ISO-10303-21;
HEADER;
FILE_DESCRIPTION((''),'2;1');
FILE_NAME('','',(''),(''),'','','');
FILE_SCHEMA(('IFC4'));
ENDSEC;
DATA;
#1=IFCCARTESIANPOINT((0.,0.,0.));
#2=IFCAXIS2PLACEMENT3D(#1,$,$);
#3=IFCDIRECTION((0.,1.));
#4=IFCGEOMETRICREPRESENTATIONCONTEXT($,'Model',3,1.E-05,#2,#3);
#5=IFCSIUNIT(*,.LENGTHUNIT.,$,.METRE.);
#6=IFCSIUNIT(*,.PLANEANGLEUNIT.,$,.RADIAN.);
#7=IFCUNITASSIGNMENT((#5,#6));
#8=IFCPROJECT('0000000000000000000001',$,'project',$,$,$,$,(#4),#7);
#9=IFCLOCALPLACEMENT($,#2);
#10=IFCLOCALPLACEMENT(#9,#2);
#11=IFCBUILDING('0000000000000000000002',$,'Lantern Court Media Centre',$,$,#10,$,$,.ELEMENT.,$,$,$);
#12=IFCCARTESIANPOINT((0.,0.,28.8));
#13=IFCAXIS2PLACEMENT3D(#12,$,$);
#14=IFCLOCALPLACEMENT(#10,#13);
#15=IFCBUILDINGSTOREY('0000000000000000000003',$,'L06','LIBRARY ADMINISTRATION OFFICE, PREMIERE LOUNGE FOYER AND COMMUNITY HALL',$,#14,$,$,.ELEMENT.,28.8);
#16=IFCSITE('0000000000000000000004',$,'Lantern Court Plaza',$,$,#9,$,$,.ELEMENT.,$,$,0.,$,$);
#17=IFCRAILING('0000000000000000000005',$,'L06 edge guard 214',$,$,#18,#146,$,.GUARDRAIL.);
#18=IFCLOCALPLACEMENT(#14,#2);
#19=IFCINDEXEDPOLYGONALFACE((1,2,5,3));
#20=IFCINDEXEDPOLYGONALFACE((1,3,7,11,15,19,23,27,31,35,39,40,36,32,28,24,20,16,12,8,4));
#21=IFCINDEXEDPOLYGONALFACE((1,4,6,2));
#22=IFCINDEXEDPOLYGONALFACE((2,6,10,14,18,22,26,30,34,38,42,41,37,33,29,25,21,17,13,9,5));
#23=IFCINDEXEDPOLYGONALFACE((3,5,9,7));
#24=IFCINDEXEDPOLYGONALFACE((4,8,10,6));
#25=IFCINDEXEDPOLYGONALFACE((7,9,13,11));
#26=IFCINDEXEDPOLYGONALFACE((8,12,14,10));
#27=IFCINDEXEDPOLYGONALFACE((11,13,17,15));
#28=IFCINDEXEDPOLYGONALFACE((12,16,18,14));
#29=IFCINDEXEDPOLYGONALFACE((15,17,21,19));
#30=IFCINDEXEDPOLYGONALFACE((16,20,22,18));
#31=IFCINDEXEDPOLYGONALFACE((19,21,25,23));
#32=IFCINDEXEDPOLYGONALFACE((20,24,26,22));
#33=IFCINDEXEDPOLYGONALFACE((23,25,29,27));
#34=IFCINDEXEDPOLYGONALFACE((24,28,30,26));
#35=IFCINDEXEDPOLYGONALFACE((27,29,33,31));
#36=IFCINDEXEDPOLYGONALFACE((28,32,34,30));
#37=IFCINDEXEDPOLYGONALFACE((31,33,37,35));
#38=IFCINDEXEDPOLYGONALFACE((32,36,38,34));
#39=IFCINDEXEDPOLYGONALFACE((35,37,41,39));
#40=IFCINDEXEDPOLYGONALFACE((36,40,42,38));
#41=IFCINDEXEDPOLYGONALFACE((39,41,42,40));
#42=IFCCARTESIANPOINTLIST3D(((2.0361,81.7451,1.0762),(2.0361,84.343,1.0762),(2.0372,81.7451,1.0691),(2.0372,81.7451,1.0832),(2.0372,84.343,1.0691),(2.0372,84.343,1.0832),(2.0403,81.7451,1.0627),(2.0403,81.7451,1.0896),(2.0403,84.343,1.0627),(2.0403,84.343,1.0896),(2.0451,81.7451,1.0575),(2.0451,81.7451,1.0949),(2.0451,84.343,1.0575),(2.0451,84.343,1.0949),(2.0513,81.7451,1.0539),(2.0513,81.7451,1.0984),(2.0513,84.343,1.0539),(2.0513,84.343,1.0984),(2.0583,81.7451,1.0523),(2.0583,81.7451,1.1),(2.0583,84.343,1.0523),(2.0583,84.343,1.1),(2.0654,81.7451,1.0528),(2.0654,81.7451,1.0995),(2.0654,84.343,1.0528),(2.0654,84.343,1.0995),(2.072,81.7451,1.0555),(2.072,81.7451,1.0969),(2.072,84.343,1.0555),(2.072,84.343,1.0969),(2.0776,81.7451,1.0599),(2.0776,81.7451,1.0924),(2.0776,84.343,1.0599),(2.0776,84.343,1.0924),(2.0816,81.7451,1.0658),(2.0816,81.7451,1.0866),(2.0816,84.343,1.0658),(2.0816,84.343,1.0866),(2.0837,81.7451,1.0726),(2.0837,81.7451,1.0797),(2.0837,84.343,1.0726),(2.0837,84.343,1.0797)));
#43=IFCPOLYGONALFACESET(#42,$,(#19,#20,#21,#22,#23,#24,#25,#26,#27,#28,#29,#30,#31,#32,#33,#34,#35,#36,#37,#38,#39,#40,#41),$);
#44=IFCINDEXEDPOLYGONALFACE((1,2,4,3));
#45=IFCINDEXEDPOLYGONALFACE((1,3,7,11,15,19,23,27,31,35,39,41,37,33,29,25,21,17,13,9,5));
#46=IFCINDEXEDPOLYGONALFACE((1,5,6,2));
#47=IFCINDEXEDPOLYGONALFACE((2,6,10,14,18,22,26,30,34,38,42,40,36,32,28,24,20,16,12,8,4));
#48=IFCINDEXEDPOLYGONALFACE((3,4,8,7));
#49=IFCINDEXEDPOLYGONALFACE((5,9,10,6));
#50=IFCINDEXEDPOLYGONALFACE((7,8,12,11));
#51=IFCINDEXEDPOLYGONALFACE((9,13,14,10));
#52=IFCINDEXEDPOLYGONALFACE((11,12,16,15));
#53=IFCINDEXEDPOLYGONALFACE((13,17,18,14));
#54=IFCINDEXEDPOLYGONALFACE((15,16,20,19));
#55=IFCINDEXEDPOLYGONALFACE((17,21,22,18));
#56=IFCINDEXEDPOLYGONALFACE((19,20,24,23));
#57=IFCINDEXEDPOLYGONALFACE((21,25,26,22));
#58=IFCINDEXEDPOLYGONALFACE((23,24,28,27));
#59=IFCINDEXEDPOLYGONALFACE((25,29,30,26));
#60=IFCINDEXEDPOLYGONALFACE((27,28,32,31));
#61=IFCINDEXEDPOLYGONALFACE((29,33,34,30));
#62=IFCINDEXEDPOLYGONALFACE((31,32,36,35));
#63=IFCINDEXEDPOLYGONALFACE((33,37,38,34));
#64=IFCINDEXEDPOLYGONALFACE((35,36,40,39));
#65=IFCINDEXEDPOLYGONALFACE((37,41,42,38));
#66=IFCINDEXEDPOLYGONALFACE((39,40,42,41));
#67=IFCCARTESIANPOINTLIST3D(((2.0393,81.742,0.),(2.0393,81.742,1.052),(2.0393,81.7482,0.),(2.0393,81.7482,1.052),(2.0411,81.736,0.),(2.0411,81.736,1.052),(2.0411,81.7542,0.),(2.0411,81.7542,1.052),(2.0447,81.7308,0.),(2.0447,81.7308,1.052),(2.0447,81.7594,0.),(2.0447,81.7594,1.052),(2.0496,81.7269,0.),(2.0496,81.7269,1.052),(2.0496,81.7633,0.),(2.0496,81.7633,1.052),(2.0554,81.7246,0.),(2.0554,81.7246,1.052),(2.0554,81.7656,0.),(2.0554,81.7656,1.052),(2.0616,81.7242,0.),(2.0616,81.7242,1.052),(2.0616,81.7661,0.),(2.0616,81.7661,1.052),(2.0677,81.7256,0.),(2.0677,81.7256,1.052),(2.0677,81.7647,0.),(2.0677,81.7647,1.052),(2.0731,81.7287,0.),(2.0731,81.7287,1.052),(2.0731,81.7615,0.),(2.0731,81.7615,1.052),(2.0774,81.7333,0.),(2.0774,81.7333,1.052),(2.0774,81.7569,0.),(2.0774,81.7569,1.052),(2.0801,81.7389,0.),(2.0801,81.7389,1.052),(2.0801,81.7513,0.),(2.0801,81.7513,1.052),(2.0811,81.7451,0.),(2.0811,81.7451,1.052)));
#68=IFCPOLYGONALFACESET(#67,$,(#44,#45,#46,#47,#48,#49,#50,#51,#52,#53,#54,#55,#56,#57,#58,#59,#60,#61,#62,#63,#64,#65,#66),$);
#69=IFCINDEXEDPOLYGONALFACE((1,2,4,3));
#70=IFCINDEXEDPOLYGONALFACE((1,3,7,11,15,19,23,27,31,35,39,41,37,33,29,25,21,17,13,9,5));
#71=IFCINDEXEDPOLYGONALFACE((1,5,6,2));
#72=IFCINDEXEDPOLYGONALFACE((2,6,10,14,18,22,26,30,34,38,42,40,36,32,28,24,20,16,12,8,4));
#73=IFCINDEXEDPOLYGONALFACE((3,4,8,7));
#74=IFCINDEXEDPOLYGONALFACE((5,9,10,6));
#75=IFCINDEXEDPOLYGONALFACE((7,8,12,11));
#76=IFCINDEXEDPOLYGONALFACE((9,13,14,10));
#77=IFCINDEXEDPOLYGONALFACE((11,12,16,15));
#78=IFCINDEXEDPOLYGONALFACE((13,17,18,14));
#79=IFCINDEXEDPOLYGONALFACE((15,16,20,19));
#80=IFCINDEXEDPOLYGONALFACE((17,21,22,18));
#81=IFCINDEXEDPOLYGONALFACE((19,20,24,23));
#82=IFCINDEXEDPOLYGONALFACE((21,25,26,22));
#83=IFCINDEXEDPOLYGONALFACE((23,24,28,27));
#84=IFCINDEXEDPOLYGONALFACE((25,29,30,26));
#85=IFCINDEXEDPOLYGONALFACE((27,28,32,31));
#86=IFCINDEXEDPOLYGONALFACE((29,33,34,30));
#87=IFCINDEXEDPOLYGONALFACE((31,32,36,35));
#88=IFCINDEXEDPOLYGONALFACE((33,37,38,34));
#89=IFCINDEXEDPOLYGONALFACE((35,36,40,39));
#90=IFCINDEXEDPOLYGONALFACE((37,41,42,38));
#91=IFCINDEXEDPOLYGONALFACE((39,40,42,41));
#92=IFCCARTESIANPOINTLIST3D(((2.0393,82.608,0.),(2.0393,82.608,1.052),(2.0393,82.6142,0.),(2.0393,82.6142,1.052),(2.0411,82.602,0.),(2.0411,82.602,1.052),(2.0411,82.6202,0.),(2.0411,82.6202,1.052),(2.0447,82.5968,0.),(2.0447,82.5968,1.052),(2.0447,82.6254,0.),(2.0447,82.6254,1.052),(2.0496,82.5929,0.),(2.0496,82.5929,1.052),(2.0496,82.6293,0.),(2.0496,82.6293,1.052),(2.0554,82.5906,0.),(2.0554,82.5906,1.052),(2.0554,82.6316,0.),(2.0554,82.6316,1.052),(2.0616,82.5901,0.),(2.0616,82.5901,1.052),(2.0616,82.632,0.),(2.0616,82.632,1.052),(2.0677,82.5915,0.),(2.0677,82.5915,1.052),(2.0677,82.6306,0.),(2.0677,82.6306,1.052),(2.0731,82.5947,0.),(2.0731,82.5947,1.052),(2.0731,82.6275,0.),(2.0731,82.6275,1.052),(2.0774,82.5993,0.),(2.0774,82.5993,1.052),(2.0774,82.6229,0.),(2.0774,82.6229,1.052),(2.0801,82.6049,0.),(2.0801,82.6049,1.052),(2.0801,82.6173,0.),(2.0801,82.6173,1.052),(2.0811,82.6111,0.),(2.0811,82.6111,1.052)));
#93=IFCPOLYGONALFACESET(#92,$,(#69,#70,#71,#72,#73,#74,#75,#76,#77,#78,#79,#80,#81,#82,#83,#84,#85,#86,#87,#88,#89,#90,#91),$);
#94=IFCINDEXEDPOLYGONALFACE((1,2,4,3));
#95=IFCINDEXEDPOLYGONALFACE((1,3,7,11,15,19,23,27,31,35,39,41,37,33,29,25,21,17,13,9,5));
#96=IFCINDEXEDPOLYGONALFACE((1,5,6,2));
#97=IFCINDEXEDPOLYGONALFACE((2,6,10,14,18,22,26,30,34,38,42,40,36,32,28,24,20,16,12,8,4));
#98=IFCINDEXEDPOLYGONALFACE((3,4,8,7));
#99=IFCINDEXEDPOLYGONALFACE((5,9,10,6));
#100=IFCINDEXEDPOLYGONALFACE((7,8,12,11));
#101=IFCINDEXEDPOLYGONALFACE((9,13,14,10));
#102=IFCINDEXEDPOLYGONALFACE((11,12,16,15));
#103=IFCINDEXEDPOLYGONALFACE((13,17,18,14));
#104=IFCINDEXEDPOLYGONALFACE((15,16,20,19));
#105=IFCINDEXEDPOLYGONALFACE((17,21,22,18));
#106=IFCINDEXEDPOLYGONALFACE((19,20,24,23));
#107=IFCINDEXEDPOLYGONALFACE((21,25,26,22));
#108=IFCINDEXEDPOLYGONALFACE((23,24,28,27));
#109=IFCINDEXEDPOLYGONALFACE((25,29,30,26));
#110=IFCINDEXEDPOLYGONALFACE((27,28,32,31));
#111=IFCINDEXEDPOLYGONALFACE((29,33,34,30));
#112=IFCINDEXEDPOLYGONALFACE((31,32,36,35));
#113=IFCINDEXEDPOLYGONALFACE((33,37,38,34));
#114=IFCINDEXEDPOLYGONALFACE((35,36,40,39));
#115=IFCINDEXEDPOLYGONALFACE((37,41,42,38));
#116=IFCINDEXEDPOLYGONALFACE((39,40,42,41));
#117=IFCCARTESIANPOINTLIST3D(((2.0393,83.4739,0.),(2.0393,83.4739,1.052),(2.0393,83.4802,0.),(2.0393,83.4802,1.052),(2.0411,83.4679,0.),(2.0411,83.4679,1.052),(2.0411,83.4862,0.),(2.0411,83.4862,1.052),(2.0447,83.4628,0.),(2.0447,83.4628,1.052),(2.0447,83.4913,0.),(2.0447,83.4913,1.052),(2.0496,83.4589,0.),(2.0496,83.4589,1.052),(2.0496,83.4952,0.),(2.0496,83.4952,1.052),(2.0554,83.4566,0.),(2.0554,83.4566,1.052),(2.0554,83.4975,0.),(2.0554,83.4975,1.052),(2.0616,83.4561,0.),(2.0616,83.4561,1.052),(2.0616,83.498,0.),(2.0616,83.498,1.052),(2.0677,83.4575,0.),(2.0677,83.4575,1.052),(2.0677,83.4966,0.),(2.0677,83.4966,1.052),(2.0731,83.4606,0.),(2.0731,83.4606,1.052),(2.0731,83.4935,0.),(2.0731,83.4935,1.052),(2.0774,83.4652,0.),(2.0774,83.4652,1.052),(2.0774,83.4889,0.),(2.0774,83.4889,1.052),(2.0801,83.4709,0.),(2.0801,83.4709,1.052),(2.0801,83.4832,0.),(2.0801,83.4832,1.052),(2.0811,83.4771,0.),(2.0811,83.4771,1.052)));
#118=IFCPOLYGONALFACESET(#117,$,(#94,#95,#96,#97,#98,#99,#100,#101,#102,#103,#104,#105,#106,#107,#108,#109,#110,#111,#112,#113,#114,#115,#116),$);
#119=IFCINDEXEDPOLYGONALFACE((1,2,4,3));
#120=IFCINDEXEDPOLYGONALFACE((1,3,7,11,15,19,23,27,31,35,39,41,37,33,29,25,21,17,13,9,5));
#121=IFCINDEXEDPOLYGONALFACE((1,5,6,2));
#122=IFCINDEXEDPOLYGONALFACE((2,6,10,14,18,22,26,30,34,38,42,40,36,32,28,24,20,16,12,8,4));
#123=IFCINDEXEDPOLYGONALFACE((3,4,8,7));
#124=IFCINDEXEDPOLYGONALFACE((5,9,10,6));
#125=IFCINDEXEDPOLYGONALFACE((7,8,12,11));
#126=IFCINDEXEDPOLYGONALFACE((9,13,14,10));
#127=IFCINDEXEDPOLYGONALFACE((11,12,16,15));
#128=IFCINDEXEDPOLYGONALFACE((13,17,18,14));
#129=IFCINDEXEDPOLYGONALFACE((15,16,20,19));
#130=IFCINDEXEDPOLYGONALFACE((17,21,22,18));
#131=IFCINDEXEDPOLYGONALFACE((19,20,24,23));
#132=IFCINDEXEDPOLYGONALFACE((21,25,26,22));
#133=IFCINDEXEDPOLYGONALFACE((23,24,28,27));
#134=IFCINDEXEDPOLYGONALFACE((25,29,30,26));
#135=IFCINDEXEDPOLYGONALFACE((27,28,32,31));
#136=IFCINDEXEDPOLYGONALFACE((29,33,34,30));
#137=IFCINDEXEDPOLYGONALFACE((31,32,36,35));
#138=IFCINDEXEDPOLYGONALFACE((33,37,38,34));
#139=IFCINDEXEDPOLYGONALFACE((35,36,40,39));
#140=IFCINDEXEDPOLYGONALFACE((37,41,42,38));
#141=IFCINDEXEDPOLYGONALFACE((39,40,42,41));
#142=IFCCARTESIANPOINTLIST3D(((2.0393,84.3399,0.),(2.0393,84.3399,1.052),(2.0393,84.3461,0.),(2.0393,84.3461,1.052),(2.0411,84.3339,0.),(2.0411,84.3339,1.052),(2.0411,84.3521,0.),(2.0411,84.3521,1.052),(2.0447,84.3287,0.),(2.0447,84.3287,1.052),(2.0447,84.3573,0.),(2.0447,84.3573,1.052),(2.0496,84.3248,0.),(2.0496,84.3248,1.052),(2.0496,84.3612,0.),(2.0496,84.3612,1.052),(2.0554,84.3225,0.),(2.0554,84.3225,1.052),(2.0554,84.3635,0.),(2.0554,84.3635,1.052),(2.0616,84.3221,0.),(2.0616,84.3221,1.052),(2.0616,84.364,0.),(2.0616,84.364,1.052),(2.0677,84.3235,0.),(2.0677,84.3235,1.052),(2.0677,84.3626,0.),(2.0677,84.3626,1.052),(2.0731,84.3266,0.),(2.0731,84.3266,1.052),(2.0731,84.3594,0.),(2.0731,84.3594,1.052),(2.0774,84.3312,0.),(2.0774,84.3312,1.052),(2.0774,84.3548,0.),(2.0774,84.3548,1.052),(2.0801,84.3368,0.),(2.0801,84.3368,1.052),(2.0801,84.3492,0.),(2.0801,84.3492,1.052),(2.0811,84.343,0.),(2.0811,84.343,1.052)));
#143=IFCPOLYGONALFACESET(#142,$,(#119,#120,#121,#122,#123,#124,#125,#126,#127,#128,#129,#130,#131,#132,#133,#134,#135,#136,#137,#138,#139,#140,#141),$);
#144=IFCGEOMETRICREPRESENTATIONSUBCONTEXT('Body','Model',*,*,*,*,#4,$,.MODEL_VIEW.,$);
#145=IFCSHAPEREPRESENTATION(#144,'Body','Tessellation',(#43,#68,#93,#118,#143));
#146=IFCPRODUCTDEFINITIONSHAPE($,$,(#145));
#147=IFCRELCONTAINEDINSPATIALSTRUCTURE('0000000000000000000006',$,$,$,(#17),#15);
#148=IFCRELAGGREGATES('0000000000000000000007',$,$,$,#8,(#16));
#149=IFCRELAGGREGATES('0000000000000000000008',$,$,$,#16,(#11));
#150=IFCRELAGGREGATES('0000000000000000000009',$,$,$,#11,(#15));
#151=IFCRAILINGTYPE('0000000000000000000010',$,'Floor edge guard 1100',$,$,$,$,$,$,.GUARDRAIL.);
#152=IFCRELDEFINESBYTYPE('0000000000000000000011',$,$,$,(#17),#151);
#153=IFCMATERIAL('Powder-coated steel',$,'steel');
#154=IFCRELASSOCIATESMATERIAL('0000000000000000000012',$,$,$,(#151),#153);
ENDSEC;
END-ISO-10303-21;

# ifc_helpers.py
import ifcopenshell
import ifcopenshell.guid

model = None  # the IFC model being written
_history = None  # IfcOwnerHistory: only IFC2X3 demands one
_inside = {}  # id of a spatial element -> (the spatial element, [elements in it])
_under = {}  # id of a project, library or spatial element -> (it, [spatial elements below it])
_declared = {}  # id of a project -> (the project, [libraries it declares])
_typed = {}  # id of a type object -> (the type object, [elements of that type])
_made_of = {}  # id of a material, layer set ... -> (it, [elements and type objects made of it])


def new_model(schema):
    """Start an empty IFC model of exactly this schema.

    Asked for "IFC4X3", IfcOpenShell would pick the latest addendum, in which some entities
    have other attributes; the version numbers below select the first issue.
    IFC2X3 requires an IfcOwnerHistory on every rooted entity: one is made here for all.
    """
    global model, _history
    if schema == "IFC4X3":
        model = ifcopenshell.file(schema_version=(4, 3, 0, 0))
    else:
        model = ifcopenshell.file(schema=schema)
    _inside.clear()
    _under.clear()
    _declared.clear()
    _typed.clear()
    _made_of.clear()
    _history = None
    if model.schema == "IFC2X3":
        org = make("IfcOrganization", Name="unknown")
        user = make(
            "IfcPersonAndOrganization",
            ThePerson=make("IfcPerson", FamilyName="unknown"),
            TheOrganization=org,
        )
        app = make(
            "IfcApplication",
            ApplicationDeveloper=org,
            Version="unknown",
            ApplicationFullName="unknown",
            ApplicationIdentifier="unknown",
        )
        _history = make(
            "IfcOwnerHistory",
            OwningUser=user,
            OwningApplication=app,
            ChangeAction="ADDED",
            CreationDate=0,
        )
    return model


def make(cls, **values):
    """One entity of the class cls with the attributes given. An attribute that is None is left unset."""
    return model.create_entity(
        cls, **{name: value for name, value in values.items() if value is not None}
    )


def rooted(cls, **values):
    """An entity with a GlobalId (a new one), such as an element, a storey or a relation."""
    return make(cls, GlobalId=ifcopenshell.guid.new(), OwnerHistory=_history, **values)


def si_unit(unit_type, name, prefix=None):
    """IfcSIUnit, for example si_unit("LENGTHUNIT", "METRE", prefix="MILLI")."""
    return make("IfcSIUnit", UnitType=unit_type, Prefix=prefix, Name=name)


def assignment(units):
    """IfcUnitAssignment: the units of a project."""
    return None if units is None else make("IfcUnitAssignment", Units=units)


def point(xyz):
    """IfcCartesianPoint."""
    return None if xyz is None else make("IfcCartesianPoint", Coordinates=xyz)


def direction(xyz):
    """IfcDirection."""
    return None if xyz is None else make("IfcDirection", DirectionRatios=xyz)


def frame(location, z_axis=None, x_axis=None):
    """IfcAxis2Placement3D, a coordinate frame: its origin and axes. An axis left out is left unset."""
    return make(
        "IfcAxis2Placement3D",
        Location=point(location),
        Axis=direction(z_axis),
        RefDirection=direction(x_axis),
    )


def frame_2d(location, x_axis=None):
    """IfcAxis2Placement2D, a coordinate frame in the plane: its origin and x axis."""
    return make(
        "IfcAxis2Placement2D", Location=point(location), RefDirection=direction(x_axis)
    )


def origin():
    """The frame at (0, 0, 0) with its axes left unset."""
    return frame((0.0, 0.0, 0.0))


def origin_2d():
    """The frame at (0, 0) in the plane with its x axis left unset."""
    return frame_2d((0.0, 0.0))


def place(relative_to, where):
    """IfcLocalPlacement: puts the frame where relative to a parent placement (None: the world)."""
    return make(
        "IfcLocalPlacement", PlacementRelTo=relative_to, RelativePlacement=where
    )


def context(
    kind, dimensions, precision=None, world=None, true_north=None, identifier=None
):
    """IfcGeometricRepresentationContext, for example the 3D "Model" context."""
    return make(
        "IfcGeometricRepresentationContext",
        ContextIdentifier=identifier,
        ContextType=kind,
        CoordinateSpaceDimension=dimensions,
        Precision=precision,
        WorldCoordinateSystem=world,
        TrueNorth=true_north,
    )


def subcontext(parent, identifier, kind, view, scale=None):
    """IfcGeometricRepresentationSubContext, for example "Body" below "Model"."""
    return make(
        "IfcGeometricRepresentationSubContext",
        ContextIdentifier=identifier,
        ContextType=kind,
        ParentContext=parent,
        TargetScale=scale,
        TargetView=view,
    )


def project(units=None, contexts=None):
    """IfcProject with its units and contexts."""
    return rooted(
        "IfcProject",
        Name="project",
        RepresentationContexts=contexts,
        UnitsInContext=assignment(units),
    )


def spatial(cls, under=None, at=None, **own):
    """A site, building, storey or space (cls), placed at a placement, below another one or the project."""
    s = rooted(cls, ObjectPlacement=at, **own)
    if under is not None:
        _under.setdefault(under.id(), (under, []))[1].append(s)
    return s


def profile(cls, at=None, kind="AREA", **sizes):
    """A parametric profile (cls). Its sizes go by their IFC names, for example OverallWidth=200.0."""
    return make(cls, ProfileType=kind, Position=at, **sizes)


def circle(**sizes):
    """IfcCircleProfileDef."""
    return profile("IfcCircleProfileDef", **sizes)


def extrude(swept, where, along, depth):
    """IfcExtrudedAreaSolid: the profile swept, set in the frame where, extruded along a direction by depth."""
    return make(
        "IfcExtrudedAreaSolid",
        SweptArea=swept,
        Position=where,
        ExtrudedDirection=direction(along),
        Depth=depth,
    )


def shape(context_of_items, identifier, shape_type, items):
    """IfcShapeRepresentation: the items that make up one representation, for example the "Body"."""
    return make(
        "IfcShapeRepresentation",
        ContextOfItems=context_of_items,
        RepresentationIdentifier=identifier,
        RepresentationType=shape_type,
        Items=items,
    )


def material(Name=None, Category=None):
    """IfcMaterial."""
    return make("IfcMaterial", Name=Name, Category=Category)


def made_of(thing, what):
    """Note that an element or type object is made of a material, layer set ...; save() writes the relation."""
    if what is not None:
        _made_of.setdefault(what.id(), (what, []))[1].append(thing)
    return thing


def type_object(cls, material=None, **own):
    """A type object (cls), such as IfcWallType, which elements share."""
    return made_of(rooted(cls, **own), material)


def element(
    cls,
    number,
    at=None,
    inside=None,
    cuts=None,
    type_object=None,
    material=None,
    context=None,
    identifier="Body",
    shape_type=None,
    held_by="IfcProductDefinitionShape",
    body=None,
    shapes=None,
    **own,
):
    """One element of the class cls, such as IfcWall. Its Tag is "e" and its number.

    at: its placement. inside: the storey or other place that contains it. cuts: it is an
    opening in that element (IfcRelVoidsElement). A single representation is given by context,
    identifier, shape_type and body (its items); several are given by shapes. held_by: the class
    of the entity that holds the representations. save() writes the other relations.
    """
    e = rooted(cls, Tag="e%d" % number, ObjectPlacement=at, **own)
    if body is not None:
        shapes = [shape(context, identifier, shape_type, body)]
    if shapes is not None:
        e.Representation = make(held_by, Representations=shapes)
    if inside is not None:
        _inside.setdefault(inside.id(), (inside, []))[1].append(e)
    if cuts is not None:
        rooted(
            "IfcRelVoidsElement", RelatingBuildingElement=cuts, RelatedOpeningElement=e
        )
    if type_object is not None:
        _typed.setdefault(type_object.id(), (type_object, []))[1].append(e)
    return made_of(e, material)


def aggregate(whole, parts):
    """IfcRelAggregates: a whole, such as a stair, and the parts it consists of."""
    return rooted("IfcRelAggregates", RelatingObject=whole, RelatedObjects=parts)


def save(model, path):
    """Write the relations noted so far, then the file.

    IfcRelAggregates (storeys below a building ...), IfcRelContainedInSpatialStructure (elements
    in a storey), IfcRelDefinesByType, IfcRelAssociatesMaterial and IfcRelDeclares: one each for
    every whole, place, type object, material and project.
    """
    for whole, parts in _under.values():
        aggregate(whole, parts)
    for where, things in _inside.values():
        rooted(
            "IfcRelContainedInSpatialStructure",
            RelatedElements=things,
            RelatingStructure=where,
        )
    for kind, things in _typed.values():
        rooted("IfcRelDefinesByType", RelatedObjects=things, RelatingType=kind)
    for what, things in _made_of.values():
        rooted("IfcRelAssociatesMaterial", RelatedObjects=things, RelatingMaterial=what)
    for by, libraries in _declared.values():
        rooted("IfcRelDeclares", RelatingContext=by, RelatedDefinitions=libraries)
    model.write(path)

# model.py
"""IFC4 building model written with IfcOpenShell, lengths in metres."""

from ifc_helpers import new_model, si_unit, direction, frame, origin, origin_2d, place, context, subcontext, project, spatial, circle, extrude, material, type_object, element, save


model = new_model("IFC4")

# Units and contexts
model_context = context("Model", 3, precision=1e-05, world=origin(), true_north=direction((0.0, 1.0)))
body_context = subcontext(model_context, "Body", "Model", "MODEL_VIEW")
ifc_project = project(units=[si_unit("LENGTHUNIT", "METRE"), si_unit("PLANEANGLEUNIT", "RADIAN")], contexts=[model_context])

# Site, building, storey
site_placement = place(None, origin())
site = spatial("IfcSite", under=ifc_project, at=site_placement, Name="Lantern Court Plaza", CompositionType="ELEMENT", RefElevation=0.0)
building_placement = place(site_placement, origin())
building = spatial("IfcBuilding", under=site, at=building_placement, Name="Lantern Court Media Centre", CompositionType="ELEMENT")
storey_placement = place(building_placement, frame((0.0, 0.0, 28.8)))
storey = spatial("IfcBuildingStorey", under=building, at=storey_placement, Name="L06", Description="LIBRARY ADMINISTRATION OFFICE, PREMIERE LOUNGE FOYER AND COMMUNITY HALL", CompositionType="ELEMENT", Elevation=28.8)

# Railing
ifc_material_1 = material(Name="Powder-coated steel", Category="steel")
railing_type = type_object("IfcRailingType", Name="Floor edge guard 1100", PredefinedType="GUARDRAIL", material=ifc_material_1)
for number, where, name in (
    (1, (2.0601, 81.7451, 0.0), "L06 edge guard 214"),
):
    element("IfcRailing", number, at=place(storey_placement, frame(where)), inside=storey, type_object=railing_type, Name=name, PredefinedType="GUARDRAIL", context=body_context, shape_type="SweptSolid", body=[
        extrude(circle(Radius=0.0239, at=origin_2d()), frame((0.0, 0.0, 1.0762), z_axis=(0.0, 1.0, 0.0), x_axis=(-1.0, 0.0, 0.0)), (0.0, 0.0, 1.0), 2.5979),
        extrude(circle(Radius=0.021, at=origin_2d()), origin(), (0.0, 0.0, 1.0), 1.052),
        extrude(circle(Radius=0.021, at=origin_2d()), frame((0.0, 0.866, 0.0)), (0.0, 0.0, 1.0), 1.052),
        extrude(circle(Radius=0.021, at=origin_2d()), frame((0.0, 1.7319, 0.0)), (0.0, 0.0, 1.0), 1.052),
        extrude(circle(Radius=0.021, at=origin_2d()), frame((0.0, 2.5979, 0.0)), (0.0, 0.0, 1.0), 1.052),
    ])

save(model, "model.ifc")
